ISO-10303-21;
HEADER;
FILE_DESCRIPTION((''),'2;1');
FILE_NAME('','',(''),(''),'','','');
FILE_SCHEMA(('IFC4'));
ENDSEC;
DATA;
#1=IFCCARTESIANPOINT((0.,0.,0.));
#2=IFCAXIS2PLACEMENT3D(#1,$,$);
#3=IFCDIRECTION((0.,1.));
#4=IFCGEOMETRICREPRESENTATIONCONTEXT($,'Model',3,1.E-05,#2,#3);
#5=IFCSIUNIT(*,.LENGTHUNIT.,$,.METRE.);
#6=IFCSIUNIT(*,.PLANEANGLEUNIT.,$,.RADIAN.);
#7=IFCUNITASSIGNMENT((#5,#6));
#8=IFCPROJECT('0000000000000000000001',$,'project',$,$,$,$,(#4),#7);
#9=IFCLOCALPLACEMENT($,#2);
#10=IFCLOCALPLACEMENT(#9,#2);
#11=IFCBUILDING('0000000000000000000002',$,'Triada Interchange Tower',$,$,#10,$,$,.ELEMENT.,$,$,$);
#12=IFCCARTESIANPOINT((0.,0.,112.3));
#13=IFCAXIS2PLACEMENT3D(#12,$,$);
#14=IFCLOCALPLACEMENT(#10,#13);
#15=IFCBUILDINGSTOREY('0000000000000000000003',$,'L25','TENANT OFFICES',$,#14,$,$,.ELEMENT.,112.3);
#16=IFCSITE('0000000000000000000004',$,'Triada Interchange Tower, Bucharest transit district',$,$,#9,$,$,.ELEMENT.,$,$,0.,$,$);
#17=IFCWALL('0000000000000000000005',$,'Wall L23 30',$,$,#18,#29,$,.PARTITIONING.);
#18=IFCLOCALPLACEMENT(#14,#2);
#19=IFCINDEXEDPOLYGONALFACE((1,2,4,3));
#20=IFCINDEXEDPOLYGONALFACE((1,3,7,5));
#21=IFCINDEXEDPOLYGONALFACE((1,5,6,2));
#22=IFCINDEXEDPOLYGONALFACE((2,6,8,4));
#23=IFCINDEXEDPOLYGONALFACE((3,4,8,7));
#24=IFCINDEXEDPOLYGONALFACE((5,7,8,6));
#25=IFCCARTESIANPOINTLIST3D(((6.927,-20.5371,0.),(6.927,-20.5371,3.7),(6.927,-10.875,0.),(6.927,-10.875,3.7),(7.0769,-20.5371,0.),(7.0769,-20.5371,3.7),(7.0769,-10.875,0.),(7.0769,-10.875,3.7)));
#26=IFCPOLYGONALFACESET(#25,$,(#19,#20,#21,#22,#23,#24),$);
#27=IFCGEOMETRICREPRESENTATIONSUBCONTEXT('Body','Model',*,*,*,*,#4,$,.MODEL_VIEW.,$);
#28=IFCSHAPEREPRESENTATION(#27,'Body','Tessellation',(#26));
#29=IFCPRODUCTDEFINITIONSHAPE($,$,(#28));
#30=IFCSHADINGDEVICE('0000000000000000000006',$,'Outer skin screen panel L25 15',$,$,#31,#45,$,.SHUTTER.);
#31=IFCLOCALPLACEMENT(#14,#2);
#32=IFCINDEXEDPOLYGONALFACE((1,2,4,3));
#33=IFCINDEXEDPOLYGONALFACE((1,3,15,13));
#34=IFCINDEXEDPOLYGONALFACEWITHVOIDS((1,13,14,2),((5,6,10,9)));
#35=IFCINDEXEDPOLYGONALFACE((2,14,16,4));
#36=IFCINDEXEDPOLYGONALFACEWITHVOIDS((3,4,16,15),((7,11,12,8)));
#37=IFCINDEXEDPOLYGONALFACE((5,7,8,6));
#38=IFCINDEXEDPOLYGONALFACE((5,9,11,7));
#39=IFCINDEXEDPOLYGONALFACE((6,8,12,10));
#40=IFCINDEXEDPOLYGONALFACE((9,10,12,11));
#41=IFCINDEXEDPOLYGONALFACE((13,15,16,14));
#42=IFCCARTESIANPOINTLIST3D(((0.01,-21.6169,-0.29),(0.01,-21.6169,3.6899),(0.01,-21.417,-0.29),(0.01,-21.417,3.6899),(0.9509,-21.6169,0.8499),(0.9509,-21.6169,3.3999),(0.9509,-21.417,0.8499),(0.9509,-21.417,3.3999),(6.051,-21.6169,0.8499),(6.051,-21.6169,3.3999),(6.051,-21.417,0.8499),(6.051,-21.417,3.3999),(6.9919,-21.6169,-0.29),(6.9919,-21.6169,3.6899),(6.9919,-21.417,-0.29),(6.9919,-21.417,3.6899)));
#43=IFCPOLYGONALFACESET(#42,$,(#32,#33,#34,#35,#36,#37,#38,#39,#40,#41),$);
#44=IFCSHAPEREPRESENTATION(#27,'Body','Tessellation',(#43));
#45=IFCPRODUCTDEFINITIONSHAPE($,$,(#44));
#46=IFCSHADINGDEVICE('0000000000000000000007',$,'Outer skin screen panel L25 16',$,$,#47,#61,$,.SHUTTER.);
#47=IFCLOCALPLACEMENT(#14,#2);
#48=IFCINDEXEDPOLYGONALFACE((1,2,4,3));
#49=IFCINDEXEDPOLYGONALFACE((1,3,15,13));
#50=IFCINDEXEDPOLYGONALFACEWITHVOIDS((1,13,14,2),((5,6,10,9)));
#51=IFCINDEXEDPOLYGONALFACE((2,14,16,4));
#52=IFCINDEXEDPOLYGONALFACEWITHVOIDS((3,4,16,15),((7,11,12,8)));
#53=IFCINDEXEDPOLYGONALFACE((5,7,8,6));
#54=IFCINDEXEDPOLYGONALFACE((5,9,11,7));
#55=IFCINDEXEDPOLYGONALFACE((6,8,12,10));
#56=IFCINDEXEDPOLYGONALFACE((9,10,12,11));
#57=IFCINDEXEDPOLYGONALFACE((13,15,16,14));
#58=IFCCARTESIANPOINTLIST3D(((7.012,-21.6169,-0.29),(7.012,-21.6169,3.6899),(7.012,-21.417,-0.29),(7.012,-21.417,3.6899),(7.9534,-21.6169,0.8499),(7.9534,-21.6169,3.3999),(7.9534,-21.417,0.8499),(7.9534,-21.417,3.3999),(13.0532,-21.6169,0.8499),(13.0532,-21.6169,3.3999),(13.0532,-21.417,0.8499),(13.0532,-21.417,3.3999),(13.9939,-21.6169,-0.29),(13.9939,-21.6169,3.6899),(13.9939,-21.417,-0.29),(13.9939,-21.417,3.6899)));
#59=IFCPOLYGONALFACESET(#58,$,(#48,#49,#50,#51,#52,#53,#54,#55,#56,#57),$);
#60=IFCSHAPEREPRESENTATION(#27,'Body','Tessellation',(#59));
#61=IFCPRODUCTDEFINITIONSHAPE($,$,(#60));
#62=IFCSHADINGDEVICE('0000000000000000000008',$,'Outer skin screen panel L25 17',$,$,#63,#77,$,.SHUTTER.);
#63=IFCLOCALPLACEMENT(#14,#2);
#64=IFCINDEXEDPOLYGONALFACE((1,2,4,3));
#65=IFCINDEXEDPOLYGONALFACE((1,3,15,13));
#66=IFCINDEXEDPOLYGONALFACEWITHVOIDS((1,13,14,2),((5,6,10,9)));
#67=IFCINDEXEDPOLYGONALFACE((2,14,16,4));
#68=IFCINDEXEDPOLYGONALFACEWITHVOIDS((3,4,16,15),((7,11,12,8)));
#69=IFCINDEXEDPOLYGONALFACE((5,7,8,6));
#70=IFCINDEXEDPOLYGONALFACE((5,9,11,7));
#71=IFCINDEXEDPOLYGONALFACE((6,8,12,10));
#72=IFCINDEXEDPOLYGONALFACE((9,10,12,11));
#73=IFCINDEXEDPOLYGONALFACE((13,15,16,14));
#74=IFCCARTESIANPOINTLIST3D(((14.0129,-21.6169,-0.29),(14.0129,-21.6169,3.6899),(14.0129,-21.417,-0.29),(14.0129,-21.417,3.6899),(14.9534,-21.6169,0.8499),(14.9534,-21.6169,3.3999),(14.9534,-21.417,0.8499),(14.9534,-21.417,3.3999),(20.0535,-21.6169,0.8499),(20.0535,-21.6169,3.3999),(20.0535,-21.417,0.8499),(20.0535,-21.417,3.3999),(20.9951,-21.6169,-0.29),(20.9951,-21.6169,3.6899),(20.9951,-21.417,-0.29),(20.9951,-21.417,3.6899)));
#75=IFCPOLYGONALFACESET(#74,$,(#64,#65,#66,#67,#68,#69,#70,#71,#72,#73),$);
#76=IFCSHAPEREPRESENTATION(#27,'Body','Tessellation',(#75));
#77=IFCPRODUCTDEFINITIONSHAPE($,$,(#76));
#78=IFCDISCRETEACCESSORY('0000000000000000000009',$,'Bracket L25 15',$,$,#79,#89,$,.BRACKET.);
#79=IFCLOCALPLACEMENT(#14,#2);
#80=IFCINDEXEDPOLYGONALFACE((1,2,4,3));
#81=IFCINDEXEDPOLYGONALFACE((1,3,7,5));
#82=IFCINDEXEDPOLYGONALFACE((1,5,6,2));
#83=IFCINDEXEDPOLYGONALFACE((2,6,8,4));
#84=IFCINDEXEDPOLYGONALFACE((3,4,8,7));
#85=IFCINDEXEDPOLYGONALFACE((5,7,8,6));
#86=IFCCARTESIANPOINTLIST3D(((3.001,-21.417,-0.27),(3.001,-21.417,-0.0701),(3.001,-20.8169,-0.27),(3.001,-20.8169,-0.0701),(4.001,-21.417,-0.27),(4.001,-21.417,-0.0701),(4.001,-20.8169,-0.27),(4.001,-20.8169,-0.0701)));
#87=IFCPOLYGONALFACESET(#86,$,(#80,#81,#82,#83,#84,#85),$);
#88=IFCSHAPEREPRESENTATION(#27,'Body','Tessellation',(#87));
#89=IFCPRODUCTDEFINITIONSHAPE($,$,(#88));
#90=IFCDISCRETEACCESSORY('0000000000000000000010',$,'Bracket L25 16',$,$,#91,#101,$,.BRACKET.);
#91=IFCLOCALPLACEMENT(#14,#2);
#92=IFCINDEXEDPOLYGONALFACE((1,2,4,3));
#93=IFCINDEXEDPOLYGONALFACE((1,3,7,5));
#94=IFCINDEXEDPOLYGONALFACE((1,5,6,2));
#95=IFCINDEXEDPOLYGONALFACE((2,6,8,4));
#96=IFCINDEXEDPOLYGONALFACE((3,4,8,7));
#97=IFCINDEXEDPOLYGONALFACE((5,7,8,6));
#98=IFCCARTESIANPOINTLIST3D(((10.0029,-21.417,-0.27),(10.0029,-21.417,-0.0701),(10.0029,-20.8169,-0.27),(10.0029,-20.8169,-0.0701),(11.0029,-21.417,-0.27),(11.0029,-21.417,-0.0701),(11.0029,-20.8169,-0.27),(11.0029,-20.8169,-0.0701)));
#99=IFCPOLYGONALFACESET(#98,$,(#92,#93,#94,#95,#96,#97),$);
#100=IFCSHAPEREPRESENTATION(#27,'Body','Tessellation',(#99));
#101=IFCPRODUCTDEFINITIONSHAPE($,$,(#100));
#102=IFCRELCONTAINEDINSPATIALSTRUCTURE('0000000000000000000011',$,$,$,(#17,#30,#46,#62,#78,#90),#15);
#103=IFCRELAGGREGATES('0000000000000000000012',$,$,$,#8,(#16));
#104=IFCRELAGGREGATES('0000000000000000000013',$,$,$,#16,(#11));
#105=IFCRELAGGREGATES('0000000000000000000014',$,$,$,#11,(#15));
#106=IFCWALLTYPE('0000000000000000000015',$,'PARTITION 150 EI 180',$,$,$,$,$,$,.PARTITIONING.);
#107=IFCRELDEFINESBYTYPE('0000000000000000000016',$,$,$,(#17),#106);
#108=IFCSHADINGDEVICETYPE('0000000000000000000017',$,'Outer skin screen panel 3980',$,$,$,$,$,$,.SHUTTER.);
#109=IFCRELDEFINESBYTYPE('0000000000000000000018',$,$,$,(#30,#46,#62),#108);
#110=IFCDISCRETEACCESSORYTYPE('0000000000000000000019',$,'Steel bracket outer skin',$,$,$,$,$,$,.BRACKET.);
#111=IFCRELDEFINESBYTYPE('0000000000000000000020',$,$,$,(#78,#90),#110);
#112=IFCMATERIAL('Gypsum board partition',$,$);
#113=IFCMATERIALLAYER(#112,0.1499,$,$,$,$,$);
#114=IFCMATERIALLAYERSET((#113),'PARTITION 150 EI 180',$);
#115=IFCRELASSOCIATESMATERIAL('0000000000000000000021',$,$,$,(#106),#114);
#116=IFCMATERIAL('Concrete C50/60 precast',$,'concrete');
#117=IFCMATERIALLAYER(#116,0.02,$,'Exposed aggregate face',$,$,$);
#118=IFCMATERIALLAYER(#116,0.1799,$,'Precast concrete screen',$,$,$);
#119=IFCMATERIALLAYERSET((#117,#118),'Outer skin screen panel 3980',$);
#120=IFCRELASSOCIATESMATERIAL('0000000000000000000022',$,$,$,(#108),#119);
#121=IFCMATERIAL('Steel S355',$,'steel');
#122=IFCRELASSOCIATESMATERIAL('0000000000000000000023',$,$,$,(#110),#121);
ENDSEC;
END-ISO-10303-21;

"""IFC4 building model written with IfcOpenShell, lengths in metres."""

from ifc_helpers import new_model, si_unit, direction, frame, frame_2d, origin, origin_2d, place, context, subcontext, project, spatial, polyline, rectangle, outline, extrude, material, layer, layer_set, type_object, element, save


model = new_model("IFC4")

# Units and contexts
model_context = context("Model", 3, precision=1e-05, world=origin(), true_north=direction((0.0, 1.0)))
body_context = subcontext(model_context, "Body", "Model", "MODEL_VIEW")
ifc_project = project(units=[si_unit("LENGTHUNIT", "METRE"), si_unit("PLANEANGLEUNIT", "RADIAN")], contexts=[model_context])

# Site, building, storey
site_placement = place(None, origin())
site = spatial("IfcSite", under=ifc_project, at=site_placement, Name="Triada Interchange Tower, Bucharest transit district", CompositionType="ELEMENT", RefElevation=0.0)
building_placement = place(site_placement, origin())
building = spatial("IfcBuilding", under=site, at=building_placement, Name="Triada Interchange Tower", CompositionType="ELEMENT")
storey_placement = place(building_placement, frame((0.0, 0.0, 112.3)))
storey = spatial("IfcBuildingStorey", under=building, at=storey_placement, Name="L25", Description="TENANT OFFICES", CompositionType="ELEMENT", Elevation=112.3)

# Wall
ifc_material_1 = material(Name="Gypsum board partition")
ifc_layer_1 = layer(ifc_material_1, 0.1499)
ifc_layer_set_1 = layer_set([ifc_layer_1], Name="PARTITION 150 EI 180")
wall_type_1 = type_object("IfcWallType", Name="PARTITION 150 EI 180", PredefinedType="PARTITIONING", material=ifc_layer_set_1)
wall_1_placement = place(storey_placement, frame((7.002, -20.5371, 0.0), z_axis=(0.0, 0.0, 1.0), x_axis=(0.0, 1.0, 0.0)))
element("IfcWall", 1, at=wall_1_placement, inside=storey, type_object=wall_type_1, Name="Wall L23 30", PredefinedType="PARTITIONING", context=body_context, shape_type="SweptSolid", body=[
    extrude(rectangle(XDim=9.6621, YDim=0.1499, at=frame_2d((4.8311, 0.0))), origin(), (0.0, 0.0, 1.0), 3.7),
])

# Shading devices
ifc_material_2 = material(Name="Concrete C50/60 precast", Category="concrete")
ifc_layer_2 = layer(ifc_material_2, 0.02, Name="Exposed aggregate face")
ifc_layer_3 = layer(ifc_material_2, 0.1799, Name="Precast concrete screen")
ifc_layer_set_2 = layer_set([ifc_layer_2, ifc_layer_3], Name="Outer skin screen panel 3980")
shading_device_type = type_object("IfcShadingDeviceType", Name="Outer skin screen panel 3980", PredefinedType="SHUTTER", material=ifc_layer_set_2)
shading_device_1_placement = place(storey_placement, frame((0.01, -21.417, -0.29), z_axis=(0.0, 0.0, 1.0), x_axis=(1.0, 0.0, 0.0)))
element("IfcShadingDevice", 2, at=shading_device_1_placement, inside=storey, type_object=shading_device_type, Name="Outer skin screen panel L25 15", PredefinedType="SHUTTER", context=body_context, shape_type="SweptSolid", body=[
    extrude(outline(polyline([(0.0, 0.0), (6.9819, 0.0), (6.9819, 3.98), (0.0, 3.98), (0.0, 0.0)]), holes=[polyline([(0.9409, 1.1399), (0.9409, 3.6899), (6.041, 3.6899), (6.041, 1.1399), (0.9409, 1.1399)])]), frame((0.0, 0.0, 0.0), z_axis=(0.0, -1.0, 0.0), x_axis=(1.0, 0.0, 0.0)), (0.0, 0.0, 1.0), 0.2),
])
shading_device_2_placement = place(storey_placement, frame((7.012, -21.417, -0.29), z_axis=(0.0, 0.0, 1.0), x_axis=(1.0, 0.0, 0.0)))
element("IfcShadingDevice", 3, at=shading_device_2_placement, inside=storey, type_object=shading_device_type, Name="Outer skin screen panel L25 16", PredefinedType="SHUTTER", context=body_context, shape_type="SweptSolid", body=[
    extrude(outline(polyline([(0.0, 0.0), (6.9819, 0.0), (6.9819, 3.98), (0.0, 3.98), (0.0, 0.0)]), holes=[polyline([(0.9414, 1.1399), (0.9414, 3.6899), (6.0413, 3.6899), (6.0413, 1.1399), (0.9414, 1.1399)])]), frame((0.0, 0.0, 0.0), z_axis=(0.0, -1.0, 0.0), x_axis=(1.0, 0.0, 0.0)), (0.0, 0.0, 1.0), 0.2),
])
shading_device_3_placement = place(storey_placement, frame((14.0129, -21.417, -0.29), z_axis=(0.0, 0.0, 1.0), x_axis=(1.0, 0.0, 0.0)))
element("IfcShadingDevice", 4, at=shading_device_3_placement, inside=storey, type_object=shading_device_type, Name="Outer skin screen panel L25 17", PredefinedType="SHUTTER", context=body_context, shape_type="SweptSolid", body=[
    extrude(outline(polyline([(0.0, 0.0), (6.9822, 0.0), (6.9822, 3.98), (0.0, 3.98), (0.0, 0.0)]), holes=[polyline([(0.9404, 1.1399), (0.9404, 3.6899), (6.0405, 3.6899), (6.0405, 1.1399), (0.9404, 1.1399)])]), frame((0.0, 0.0, 0.0), z_axis=(0.0, -1.0, 0.0), x_axis=(1.0, 0.0, 0.0)), (0.0, 0.0, 1.0), 0.2),
])

# Discrete accessories
ifc_material_3 = material(Name="Steel S355", Category="steel")
discrete_accessory_type = type_object("IfcDiscreteAccessoryType", Name="Steel bracket outer skin", PredefinedType="BRACKET", material=ifc_material_3)
for number, where, z_axis, x_axis, name in (
    (5, (3.501, -21.1169, -0.27), (0.0, 0.0, 1.0), (0.0, -1.0, 0.0), "Bracket L25 15"),
    (6, (10.5029, -21.1169, -0.27), (0.0, 0.0, 1.0), (0.0, -1.0, 0.0), "Bracket L25 16"),
):
    element("IfcDiscreteAccessory", number, at=place(storey_placement, frame(where, z_axis=z_axis, x_axis=x_axis)), inside=storey, type_object=discrete_accessory_type, Name=name, PredefinedType="BRACKET", context=body_context, shape_type="SweptSolid", body=[
        extrude(rectangle(XDim=0.6001, YDim=1.0, at=origin_2d()), origin(), (0.0, 0.0, 1.0), 0.2),
    ])

save(model, "model.ifc")
